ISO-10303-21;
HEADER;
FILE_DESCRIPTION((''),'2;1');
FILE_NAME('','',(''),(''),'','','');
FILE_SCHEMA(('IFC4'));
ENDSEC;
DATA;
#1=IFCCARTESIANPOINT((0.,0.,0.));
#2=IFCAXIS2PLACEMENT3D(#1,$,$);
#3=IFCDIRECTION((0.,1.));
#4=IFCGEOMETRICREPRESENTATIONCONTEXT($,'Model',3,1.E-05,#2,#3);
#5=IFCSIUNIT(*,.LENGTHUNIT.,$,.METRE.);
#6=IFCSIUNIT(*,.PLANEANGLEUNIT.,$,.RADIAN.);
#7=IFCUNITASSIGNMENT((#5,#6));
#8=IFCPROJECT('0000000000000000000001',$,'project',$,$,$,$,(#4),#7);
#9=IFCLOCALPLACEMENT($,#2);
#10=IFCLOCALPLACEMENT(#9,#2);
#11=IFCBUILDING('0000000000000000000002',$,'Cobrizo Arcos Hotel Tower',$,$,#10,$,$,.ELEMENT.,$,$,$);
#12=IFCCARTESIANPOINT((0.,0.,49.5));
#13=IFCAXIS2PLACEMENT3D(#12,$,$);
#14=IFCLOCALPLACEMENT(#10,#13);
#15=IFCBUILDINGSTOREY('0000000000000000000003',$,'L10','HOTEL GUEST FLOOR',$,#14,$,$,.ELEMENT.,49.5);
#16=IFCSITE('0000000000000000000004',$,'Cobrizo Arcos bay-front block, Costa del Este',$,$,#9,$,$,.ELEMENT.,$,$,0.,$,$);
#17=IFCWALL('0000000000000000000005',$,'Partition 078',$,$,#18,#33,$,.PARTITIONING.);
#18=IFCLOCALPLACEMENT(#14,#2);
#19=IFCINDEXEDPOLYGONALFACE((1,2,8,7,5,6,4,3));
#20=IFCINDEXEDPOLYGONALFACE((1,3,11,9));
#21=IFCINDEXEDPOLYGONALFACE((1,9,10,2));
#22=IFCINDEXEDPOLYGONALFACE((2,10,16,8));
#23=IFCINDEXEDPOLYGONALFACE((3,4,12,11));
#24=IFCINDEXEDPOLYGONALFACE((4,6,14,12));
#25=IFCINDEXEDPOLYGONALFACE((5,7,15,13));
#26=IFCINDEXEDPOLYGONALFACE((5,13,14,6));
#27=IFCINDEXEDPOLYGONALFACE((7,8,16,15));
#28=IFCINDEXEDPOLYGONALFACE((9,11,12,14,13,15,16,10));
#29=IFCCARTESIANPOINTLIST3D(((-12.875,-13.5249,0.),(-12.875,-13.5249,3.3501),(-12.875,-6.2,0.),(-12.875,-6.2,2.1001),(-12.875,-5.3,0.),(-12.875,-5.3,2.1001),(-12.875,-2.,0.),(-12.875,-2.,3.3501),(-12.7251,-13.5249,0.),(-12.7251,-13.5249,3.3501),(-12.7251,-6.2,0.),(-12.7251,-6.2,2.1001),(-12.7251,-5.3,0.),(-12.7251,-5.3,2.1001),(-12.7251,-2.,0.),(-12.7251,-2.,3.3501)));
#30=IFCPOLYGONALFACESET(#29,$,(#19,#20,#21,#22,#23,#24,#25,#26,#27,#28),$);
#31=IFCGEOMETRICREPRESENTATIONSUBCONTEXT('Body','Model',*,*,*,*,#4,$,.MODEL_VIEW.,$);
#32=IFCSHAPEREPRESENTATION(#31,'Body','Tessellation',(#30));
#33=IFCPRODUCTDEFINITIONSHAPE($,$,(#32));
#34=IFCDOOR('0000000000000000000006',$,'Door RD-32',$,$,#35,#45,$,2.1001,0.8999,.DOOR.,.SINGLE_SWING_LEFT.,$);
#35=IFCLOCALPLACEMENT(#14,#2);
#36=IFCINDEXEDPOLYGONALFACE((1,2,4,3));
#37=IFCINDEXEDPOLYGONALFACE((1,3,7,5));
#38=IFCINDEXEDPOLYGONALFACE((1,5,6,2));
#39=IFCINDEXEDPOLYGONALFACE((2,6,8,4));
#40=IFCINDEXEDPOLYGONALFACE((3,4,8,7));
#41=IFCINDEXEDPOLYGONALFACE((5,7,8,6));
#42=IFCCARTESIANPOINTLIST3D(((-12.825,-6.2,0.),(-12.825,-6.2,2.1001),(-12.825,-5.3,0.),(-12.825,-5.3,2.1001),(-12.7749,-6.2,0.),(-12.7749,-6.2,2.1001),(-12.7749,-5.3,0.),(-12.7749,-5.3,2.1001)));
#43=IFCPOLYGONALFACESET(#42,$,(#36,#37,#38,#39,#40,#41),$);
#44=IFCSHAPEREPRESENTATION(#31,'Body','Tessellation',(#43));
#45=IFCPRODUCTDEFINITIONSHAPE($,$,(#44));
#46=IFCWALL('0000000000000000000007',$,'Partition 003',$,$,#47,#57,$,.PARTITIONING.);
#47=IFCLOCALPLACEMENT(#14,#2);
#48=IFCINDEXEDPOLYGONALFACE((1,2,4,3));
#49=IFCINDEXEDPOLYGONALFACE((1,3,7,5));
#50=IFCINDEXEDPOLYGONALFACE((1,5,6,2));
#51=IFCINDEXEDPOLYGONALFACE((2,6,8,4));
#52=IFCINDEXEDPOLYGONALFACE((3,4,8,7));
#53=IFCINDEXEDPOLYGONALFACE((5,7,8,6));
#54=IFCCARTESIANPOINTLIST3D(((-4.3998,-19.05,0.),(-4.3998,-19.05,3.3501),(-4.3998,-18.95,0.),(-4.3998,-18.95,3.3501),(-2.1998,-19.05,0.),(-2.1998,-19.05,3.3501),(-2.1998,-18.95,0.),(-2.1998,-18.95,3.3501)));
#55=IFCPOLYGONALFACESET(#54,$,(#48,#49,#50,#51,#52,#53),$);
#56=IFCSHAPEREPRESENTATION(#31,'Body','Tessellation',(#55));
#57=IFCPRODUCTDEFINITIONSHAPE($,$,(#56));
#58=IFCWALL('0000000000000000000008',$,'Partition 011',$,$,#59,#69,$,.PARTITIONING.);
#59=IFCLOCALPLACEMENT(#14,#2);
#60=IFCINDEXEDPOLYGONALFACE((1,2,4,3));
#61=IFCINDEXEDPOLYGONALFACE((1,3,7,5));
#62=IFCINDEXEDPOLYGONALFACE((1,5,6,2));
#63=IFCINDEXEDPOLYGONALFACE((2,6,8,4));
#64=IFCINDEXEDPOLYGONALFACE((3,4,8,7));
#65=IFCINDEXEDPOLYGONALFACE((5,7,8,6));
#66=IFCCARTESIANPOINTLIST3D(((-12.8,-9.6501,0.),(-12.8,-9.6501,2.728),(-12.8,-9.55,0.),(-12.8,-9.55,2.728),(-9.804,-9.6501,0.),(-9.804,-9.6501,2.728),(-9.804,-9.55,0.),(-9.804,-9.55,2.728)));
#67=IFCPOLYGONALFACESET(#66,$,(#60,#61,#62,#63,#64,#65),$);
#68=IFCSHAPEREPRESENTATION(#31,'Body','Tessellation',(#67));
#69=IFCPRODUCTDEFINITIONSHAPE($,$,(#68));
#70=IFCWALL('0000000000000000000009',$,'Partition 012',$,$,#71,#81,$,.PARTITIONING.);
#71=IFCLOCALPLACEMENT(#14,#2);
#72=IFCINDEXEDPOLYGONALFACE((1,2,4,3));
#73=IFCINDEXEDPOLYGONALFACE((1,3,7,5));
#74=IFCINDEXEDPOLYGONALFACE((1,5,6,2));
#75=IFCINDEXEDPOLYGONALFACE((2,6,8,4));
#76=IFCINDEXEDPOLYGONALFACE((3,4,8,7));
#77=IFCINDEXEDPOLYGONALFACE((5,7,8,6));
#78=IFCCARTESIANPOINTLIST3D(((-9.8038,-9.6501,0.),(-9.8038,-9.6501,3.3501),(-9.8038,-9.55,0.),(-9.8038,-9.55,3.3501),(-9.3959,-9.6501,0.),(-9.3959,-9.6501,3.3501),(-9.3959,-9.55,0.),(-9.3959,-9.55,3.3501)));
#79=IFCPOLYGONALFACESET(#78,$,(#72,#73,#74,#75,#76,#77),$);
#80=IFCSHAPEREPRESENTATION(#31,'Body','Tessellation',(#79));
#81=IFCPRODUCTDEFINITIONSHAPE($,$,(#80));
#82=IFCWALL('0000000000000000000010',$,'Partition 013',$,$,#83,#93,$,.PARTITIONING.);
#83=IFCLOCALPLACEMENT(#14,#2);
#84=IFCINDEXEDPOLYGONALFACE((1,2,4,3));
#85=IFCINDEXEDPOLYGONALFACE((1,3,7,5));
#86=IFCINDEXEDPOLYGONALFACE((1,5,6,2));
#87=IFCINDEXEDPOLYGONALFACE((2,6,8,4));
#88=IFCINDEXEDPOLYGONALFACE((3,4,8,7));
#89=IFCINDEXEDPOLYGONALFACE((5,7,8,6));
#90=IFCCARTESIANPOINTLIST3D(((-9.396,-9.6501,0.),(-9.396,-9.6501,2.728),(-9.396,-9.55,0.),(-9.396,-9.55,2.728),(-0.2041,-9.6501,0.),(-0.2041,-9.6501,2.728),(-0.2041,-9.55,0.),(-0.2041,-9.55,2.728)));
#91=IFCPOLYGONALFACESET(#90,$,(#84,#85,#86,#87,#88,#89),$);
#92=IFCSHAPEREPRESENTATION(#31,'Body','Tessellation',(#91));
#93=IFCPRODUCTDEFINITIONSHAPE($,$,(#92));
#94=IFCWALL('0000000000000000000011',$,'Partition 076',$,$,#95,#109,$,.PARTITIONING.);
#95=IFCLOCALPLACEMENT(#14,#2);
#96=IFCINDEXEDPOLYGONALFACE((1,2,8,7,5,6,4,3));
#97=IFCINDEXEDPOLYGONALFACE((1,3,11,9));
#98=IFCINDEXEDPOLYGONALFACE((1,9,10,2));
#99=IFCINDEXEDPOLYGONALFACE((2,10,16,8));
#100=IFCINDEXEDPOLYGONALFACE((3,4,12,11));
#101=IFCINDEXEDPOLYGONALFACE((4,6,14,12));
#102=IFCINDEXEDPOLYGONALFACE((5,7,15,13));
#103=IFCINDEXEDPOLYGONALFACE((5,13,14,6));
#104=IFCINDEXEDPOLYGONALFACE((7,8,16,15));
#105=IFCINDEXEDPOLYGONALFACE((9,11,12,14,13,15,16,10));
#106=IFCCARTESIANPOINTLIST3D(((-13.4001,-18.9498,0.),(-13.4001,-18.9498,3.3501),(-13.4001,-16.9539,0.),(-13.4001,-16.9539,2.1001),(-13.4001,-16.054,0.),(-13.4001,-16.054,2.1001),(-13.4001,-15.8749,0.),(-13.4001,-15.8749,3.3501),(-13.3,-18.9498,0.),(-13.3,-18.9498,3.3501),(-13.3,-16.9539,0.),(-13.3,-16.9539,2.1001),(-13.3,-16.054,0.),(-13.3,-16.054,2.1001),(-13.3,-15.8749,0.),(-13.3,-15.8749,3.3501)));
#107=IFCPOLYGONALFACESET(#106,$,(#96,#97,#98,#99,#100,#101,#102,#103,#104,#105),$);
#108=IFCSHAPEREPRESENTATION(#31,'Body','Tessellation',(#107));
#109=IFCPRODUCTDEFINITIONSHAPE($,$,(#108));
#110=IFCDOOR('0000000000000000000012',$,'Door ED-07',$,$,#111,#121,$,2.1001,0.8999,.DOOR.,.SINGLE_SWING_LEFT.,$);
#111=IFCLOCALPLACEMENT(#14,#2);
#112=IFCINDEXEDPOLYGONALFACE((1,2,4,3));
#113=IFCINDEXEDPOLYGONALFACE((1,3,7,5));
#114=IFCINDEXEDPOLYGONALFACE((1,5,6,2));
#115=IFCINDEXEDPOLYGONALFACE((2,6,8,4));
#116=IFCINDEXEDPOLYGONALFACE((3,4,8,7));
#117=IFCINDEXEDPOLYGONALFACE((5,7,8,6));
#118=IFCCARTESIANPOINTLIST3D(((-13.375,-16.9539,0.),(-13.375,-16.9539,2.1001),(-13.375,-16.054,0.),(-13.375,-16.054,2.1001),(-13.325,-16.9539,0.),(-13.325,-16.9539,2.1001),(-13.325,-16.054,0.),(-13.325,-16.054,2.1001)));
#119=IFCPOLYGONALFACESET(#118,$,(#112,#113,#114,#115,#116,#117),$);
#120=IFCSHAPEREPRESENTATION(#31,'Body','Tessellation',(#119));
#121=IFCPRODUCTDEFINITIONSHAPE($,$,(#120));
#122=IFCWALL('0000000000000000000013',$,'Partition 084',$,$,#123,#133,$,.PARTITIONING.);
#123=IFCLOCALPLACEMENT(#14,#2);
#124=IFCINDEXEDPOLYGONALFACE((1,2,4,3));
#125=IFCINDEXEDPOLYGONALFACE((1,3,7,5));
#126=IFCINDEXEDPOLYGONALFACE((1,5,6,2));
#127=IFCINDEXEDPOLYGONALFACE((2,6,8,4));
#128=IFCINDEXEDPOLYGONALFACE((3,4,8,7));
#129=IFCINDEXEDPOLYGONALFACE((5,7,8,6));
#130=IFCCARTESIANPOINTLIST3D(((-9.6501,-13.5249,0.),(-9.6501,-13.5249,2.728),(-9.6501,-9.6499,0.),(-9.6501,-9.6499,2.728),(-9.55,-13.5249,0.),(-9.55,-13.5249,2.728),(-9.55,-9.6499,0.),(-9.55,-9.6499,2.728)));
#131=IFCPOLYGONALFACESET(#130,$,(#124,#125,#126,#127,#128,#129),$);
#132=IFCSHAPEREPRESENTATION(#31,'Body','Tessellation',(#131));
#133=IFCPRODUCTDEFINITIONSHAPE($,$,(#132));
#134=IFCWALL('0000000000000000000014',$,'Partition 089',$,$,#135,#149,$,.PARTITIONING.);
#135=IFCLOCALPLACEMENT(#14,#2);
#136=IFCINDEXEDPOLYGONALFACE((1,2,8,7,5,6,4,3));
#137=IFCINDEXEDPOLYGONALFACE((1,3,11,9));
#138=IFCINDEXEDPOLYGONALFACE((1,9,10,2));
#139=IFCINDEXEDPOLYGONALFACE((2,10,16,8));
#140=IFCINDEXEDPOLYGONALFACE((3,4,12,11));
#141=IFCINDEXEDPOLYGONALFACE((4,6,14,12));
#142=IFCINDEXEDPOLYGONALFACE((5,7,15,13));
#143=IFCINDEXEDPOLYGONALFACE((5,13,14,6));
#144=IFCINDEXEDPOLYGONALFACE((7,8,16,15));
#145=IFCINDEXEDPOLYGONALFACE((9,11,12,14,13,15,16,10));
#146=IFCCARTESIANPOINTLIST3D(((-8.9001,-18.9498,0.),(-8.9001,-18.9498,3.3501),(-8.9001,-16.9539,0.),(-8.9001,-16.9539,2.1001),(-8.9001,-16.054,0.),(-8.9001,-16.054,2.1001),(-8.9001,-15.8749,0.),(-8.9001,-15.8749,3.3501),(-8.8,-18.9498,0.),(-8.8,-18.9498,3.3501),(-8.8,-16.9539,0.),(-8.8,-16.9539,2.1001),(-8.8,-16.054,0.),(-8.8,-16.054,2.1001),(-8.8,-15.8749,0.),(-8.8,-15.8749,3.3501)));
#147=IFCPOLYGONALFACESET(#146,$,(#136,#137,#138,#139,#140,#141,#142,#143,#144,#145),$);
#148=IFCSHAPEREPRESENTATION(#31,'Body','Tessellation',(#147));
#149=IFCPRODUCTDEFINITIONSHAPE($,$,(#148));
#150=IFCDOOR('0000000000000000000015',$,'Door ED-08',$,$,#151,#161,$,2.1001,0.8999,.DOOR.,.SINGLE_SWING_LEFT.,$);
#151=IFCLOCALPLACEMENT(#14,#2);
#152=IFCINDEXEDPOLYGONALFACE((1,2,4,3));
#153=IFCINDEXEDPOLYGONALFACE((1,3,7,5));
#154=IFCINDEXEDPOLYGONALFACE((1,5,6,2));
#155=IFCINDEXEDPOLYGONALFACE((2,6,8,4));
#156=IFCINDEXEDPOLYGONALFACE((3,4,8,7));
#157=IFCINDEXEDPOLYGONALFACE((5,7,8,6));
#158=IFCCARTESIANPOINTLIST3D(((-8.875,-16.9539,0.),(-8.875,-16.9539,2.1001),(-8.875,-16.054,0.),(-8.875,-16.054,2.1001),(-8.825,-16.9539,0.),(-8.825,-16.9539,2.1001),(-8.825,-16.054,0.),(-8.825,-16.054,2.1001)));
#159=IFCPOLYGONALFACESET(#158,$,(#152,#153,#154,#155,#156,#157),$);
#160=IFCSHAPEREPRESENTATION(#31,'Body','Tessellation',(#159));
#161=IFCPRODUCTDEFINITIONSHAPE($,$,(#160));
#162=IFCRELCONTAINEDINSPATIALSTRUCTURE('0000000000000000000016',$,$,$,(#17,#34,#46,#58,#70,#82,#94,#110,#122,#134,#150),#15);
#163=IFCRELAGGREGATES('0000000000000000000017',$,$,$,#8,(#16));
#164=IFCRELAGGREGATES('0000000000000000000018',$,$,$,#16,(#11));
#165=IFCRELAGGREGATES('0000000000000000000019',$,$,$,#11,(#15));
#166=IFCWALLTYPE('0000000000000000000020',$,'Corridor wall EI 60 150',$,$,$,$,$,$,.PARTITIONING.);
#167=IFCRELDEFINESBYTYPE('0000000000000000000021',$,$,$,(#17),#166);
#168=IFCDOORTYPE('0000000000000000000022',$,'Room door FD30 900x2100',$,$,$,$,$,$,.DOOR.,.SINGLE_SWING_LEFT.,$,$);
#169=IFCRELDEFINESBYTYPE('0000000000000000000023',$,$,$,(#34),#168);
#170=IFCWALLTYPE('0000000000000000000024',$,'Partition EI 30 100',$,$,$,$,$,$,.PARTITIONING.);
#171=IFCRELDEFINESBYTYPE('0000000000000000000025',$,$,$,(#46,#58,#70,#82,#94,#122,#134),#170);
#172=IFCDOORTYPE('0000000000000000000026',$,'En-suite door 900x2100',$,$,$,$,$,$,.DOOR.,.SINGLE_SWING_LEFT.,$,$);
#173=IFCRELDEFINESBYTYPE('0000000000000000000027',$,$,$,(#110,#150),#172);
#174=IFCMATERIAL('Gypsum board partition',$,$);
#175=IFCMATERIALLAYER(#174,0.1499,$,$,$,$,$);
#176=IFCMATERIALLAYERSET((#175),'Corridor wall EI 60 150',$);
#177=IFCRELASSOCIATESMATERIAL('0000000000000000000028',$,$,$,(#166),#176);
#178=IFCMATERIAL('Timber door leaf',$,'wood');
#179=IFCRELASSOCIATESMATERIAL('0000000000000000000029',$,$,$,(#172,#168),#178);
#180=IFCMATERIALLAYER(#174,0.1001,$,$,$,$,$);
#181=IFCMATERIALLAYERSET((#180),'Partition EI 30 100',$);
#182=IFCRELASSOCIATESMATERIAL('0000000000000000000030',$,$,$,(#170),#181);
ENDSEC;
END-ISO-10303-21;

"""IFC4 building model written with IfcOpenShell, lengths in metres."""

from ifc_helpers import new_model, si_unit, direction, frame, frame_2d, origin, place, context, subcontext, project, spatial, rectangle, extrude, material, layer, layer_set, type_object, element, fill, save


model = new_model("IFC4")

# Units and contexts
model_context = context("Model", 3, precision=1e-05, world=origin(), true_north=direction((0.0, 1.0)))
body_context = subcontext(model_context, "Body", "Model", "MODEL_VIEW")
ifc_project = project(units=[si_unit("LENGTHUNIT", "METRE"), si_unit("PLANEANGLEUNIT", "RADIAN")], contexts=[model_context])

# Site, building, storey
site_placement = place(None, origin())
site = spatial("IfcSite", under=ifc_project, at=site_placement, Name="Cobrizo Arcos bay-front block, Costa del Este", CompositionType="ELEMENT", RefElevation=0.0)
building_placement = place(site_placement, origin())
building = spatial("IfcBuilding", under=site, at=building_placement, Name="Cobrizo Arcos Hotel Tower", CompositionType="ELEMENT")
storey_placement = place(building_placement, frame((0.0, 0.0, 49.5)))
storey = spatial("IfcBuildingStorey", under=building, at=storey_placement, Name="L10", Description="HOTEL GUEST FLOOR", CompositionType="ELEMENT", Elevation=49.5)

# Shared definitions
ifc_material_1 = material(Name="Gypsum board partition")
ifc_layer_1 = layer(ifc_material_1, 0.1499)
ifc_layer_set_1 = layer_set([ifc_layer_1], Name="Corridor wall EI 60 150")
wall_type_1 = type_object("IfcWallType", Name="Corridor wall EI 60 150", PredefinedType="PARTITIONING", material=ifc_layer_set_1)
ifc_material_2 = material(Name="Timber door leaf", Category="wood")
door_type_1 = type_object("IfcDoorType", Name="En-suite door 900x2100", OperationType="SINGLE_SWING_LEFT", PredefinedType="DOOR", material=ifc_material_2)
door_type_2 = type_object("IfcDoorType", Name="Room door FD30 900x2100", OperationType="SINGLE_SWING_LEFT", PredefinedType="DOOR", material=ifc_material_2)

# Wall, opening, door
wall_1_placement = place(storey_placement, frame((-12.8, -13.5249, 0.0), z_axis=(0.0, 0.0, 1.0), x_axis=(0.0, 1.0, 0.0)))
wall_1 = element("IfcWall", 1, at=wall_1_placement, inside=storey, type_object=wall_type_1, Name="Partition 078", PredefinedType="PARTITIONING", context=body_context, shape_type="SweptSolid", body=[
    extrude(rectangle(XDim=11.5249, YDim=0.1499, at=frame_2d((5.7625, 0.0))), origin(), (0.0, 0.0, 1.0), 3.3501),
])
opening_1_placement = place(wall_1_placement, frame((7.325, 0.0, 0.0)))
opening_1 = element("IfcOpeningElement", 2, at=opening_1_placement, cuts=wall_1, PredefinedType="OPENING", context=body_context, shape_type="SweptSolid", body=[
    extrude(rectangle(XDim=0.8999, YDim=2.1001, at=frame_2d((0.45, 1.05))), frame((0.0, 0.0869, 0.0), z_axis=(0.0, -1.0, 0.0), x_axis=(1.0, 0.0, 0.0)), (0.0, 0.0, 1.0), 0.1738),
])
door_1_placement = place(opening_1_placement, origin())
door_1 = element("IfcDoor", 3, at=door_1_placement, inside=storey, type_object=door_type_2, Name="Door RD-32", OperationType="SINGLE_SWING_LEFT", OverallHeight=2.1001, OverallWidth=0.8999, PredefinedType="DOOR", context=body_context, shape_type="SweptSolid", body=[
    extrude(rectangle(XDim=0.8999, YDim=2.1001, at=frame_2d((0.45, 1.05))), frame((0.0, 0.0249, 0.0), z_axis=(0.0, -1.0, 0.0), x_axis=(1.0, 0.0, 0.0)), (0.0, 0.0, 1.0), 0.05),
])
fill(opening_1, door_1)

# Walls
ifc_layer_2 = layer(ifc_material_1, 0.1001)
ifc_layer_set_2 = layer_set([ifc_layer_2], Name="Partition EI 30 100")
wall_type_2 = type_object("IfcWallType", Name="Partition EI 30 100", PredefinedType="PARTITIONING", material=ifc_layer_set_2)
wall_2_placement = place(storey_placement, frame((-4.3999, -19.0, 0.0), z_axis=(0.0, 0.0, 1.0), x_axis=(1.0, 0.0, 0.0)))
element("IfcWall", 4, at=wall_2_placement, inside=storey, type_object=wall_type_2, Name="Partition 003", PredefinedType="PARTITIONING", context=body_context, shape_type="SweptSolid", body=[
    extrude(rectangle(XDim=2.2, YDim=0.1001, at=frame_2d((1.1001, 0.0))), origin(), (0.0, 0.0, 1.0), 3.3501),
])
wall_3_placement = place(storey_placement, frame((-12.8, -9.6001, 0.0), z_axis=(0.0, 0.0, 1.0), x_axis=(1.0, 0.0, 0.0)))
element("IfcWall", 5, at=wall_3_placement, inside=storey, type_object=wall_type_2, Name="Partition 011", PredefinedType="PARTITIONING", context=body_context, shape_type="SweptSolid", body=[
    extrude(rectangle(XDim=2.9961, YDim=0.1001, at=frame_2d((1.498, 0.0))), origin(), (0.0, 0.0, 1.0), 2.728),
])
wall_4_placement = place(storey_placement, frame((-9.804, -9.6001, 0.0), z_axis=(0.0, 0.0, 1.0), x_axis=(1.0, 0.0, 0.0)))
element("IfcWall", 6, at=wall_4_placement, inside=storey, type_object=wall_type_2, Name="Partition 012", PredefinedType="PARTITIONING", context=body_context, shape_type="SweptSolid", body=[
    extrude(rectangle(XDim=0.408, YDim=0.1001, at=frame_2d((0.2041, 0.0))), origin(), (0.0, 0.0, 1.0), 3.3501),
])
wall_5_placement = place(storey_placement, frame((-9.396, -9.6001, 0.0), z_axis=(0.0, 0.0, 1.0), x_axis=(1.0, 0.0, 0.0)))
element("IfcWall", 7, at=wall_5_placement, inside=storey, type_object=wall_type_2, Name="Partition 013", PredefinedType="PARTITIONING", context=body_context, shape_type="SweptSolid", body=[
    extrude(rectangle(XDim=9.1919, YDim=0.1001, at=frame_2d((4.5959, 0.0))), origin(), (0.0, 0.0, 1.0), 2.728),
])

# Wall, opening, door
wall_6_placement = place(storey_placement, frame((-13.3501, -18.95, 0.0), z_axis=(0.0, 0.0, 1.0), x_axis=(0.0, 1.0, 0.0)))
wall_6 = element("IfcWall", 8, at=wall_6_placement, inside=storey, type_object=wall_type_2, Name="Partition 076", PredefinedType="PARTITIONING", context=body_context, shape_type="SweptSolid", body=[
    extrude(rectangle(XDim=3.075, YDim=0.1001, at=frame_2d((1.5376, 0.0))), origin(), (0.0, 0.0, 1.0), 3.3501),
])
opening_2_placement = place(wall_6_placement, frame((1.9961, 0.0, 0.0)))
opening_2 = element("IfcOpeningElement", 9, at=opening_2_placement, cuts=wall_6, PredefinedType="OPENING", context=body_context, shape_type="SweptSolid", body=[
    extrude(rectangle(XDim=0.8999, YDim=2.1001, at=frame_2d((0.45, 1.05))), frame((0.0, 0.062, 0.0), z_axis=(0.0, -1.0, 0.0), x_axis=(1.0, 0.0, 0.0)), (0.0, 0.0, 1.0), 0.124),
])
door_2_placement = place(opening_2_placement, origin())
door_2 = element("IfcDoor", 10, at=door_2_placement, inside=storey, type_object=door_type_1, Name="Door ED-07", OperationType="SINGLE_SWING_LEFT", OverallHeight=2.1001, OverallWidth=0.8999, PredefinedType="DOOR", context=body_context, shape_type="SweptSolid", body=[
    extrude(rectangle(XDim=0.8999, YDim=2.1001, at=frame_2d((0.45, 1.05))), frame((0.0, 0.0249, 0.0), z_axis=(0.0, -1.0, 0.0), x_axis=(1.0, 0.0, 0.0)), (0.0, 0.0, 1.0), 0.05),
])
fill(opening_2, door_2)

# Wall
wall_7_placement = place(storey_placement, frame((-9.6001, -13.5249, 0.0), z_axis=(0.0, 0.0, 1.0), x_axis=(0.0, 1.0, 0.0)))
element("IfcWall", 11, at=wall_7_placement, inside=storey, type_object=wall_type_2, Name="Partition 084", PredefinedType="PARTITIONING", context=body_context, shape_type="SweptSolid", body=[
    extrude(rectangle(XDim=3.875, YDim=0.1001, at=frame_2d((1.9375, 0.0))), origin(), (0.0, 0.0, 1.0), 2.728),
])

# Wall, opening, door
wall_8_placement = place(storey_placement, frame((-8.8501, -18.95, 0.0), z_axis=(0.0, 0.0, 1.0), x_axis=(0.0, 1.0, 0.0)))
wall_8 = element("IfcWall", 12, at=wall_8_placement, inside=storey, type_object=wall_type_2, Name="Partition 089", PredefinedType="PARTITIONING", context=body_context, shape_type="SweptSolid", body=[
    extrude(rectangle(XDim=3.075, YDim=0.1001, at=frame_2d((1.5376, 0.0))), origin(), (0.0, 0.0, 1.0), 3.3501),
])
opening_3_placement = place(wall_8_placement, frame((1.9961, 0.0, 0.0)))
opening_3 = element("IfcOpeningElement", 13, at=opening_3_placement, cuts=wall_8, PredefinedType="OPENING", context=body_context, shape_type="SweptSolid", body=[
    extrude(rectangle(XDim=0.8999, YDim=2.1001, at=frame_2d((0.45, 1.05))), frame((0.0, 0.062, 0.0), z_axis=(0.0, -1.0, 0.0), x_axis=(1.0, 0.0, 0.0)), (0.0, 0.0, 1.0), 0.124),
])
door_3_placement = place(opening_3_placement, origin())
door_3 = element("IfcDoor", 14, at=door_3_placement, inside=storey, type_object=door_type_1, Name="Door ED-08", OperationType="SINGLE_SWING_LEFT", OverallHeight=2.1001, OverallWidth=0.8999, PredefinedType="DOOR", context=body_context, shape_type="SweptSolid", body=[
    extrude(rectangle(XDim=0.8999, YDim=2.1001, at=frame_2d((0.45, 1.05))), frame((0.0, 0.0249, 0.0), z_axis=(0.0, -1.0, 0.0), x_axis=(1.0, 0.0, 0.0)), (0.0, 0.0, 1.0), 0.05),
])
fill(opening_3, door_3)

save(model, "model.ifc")
